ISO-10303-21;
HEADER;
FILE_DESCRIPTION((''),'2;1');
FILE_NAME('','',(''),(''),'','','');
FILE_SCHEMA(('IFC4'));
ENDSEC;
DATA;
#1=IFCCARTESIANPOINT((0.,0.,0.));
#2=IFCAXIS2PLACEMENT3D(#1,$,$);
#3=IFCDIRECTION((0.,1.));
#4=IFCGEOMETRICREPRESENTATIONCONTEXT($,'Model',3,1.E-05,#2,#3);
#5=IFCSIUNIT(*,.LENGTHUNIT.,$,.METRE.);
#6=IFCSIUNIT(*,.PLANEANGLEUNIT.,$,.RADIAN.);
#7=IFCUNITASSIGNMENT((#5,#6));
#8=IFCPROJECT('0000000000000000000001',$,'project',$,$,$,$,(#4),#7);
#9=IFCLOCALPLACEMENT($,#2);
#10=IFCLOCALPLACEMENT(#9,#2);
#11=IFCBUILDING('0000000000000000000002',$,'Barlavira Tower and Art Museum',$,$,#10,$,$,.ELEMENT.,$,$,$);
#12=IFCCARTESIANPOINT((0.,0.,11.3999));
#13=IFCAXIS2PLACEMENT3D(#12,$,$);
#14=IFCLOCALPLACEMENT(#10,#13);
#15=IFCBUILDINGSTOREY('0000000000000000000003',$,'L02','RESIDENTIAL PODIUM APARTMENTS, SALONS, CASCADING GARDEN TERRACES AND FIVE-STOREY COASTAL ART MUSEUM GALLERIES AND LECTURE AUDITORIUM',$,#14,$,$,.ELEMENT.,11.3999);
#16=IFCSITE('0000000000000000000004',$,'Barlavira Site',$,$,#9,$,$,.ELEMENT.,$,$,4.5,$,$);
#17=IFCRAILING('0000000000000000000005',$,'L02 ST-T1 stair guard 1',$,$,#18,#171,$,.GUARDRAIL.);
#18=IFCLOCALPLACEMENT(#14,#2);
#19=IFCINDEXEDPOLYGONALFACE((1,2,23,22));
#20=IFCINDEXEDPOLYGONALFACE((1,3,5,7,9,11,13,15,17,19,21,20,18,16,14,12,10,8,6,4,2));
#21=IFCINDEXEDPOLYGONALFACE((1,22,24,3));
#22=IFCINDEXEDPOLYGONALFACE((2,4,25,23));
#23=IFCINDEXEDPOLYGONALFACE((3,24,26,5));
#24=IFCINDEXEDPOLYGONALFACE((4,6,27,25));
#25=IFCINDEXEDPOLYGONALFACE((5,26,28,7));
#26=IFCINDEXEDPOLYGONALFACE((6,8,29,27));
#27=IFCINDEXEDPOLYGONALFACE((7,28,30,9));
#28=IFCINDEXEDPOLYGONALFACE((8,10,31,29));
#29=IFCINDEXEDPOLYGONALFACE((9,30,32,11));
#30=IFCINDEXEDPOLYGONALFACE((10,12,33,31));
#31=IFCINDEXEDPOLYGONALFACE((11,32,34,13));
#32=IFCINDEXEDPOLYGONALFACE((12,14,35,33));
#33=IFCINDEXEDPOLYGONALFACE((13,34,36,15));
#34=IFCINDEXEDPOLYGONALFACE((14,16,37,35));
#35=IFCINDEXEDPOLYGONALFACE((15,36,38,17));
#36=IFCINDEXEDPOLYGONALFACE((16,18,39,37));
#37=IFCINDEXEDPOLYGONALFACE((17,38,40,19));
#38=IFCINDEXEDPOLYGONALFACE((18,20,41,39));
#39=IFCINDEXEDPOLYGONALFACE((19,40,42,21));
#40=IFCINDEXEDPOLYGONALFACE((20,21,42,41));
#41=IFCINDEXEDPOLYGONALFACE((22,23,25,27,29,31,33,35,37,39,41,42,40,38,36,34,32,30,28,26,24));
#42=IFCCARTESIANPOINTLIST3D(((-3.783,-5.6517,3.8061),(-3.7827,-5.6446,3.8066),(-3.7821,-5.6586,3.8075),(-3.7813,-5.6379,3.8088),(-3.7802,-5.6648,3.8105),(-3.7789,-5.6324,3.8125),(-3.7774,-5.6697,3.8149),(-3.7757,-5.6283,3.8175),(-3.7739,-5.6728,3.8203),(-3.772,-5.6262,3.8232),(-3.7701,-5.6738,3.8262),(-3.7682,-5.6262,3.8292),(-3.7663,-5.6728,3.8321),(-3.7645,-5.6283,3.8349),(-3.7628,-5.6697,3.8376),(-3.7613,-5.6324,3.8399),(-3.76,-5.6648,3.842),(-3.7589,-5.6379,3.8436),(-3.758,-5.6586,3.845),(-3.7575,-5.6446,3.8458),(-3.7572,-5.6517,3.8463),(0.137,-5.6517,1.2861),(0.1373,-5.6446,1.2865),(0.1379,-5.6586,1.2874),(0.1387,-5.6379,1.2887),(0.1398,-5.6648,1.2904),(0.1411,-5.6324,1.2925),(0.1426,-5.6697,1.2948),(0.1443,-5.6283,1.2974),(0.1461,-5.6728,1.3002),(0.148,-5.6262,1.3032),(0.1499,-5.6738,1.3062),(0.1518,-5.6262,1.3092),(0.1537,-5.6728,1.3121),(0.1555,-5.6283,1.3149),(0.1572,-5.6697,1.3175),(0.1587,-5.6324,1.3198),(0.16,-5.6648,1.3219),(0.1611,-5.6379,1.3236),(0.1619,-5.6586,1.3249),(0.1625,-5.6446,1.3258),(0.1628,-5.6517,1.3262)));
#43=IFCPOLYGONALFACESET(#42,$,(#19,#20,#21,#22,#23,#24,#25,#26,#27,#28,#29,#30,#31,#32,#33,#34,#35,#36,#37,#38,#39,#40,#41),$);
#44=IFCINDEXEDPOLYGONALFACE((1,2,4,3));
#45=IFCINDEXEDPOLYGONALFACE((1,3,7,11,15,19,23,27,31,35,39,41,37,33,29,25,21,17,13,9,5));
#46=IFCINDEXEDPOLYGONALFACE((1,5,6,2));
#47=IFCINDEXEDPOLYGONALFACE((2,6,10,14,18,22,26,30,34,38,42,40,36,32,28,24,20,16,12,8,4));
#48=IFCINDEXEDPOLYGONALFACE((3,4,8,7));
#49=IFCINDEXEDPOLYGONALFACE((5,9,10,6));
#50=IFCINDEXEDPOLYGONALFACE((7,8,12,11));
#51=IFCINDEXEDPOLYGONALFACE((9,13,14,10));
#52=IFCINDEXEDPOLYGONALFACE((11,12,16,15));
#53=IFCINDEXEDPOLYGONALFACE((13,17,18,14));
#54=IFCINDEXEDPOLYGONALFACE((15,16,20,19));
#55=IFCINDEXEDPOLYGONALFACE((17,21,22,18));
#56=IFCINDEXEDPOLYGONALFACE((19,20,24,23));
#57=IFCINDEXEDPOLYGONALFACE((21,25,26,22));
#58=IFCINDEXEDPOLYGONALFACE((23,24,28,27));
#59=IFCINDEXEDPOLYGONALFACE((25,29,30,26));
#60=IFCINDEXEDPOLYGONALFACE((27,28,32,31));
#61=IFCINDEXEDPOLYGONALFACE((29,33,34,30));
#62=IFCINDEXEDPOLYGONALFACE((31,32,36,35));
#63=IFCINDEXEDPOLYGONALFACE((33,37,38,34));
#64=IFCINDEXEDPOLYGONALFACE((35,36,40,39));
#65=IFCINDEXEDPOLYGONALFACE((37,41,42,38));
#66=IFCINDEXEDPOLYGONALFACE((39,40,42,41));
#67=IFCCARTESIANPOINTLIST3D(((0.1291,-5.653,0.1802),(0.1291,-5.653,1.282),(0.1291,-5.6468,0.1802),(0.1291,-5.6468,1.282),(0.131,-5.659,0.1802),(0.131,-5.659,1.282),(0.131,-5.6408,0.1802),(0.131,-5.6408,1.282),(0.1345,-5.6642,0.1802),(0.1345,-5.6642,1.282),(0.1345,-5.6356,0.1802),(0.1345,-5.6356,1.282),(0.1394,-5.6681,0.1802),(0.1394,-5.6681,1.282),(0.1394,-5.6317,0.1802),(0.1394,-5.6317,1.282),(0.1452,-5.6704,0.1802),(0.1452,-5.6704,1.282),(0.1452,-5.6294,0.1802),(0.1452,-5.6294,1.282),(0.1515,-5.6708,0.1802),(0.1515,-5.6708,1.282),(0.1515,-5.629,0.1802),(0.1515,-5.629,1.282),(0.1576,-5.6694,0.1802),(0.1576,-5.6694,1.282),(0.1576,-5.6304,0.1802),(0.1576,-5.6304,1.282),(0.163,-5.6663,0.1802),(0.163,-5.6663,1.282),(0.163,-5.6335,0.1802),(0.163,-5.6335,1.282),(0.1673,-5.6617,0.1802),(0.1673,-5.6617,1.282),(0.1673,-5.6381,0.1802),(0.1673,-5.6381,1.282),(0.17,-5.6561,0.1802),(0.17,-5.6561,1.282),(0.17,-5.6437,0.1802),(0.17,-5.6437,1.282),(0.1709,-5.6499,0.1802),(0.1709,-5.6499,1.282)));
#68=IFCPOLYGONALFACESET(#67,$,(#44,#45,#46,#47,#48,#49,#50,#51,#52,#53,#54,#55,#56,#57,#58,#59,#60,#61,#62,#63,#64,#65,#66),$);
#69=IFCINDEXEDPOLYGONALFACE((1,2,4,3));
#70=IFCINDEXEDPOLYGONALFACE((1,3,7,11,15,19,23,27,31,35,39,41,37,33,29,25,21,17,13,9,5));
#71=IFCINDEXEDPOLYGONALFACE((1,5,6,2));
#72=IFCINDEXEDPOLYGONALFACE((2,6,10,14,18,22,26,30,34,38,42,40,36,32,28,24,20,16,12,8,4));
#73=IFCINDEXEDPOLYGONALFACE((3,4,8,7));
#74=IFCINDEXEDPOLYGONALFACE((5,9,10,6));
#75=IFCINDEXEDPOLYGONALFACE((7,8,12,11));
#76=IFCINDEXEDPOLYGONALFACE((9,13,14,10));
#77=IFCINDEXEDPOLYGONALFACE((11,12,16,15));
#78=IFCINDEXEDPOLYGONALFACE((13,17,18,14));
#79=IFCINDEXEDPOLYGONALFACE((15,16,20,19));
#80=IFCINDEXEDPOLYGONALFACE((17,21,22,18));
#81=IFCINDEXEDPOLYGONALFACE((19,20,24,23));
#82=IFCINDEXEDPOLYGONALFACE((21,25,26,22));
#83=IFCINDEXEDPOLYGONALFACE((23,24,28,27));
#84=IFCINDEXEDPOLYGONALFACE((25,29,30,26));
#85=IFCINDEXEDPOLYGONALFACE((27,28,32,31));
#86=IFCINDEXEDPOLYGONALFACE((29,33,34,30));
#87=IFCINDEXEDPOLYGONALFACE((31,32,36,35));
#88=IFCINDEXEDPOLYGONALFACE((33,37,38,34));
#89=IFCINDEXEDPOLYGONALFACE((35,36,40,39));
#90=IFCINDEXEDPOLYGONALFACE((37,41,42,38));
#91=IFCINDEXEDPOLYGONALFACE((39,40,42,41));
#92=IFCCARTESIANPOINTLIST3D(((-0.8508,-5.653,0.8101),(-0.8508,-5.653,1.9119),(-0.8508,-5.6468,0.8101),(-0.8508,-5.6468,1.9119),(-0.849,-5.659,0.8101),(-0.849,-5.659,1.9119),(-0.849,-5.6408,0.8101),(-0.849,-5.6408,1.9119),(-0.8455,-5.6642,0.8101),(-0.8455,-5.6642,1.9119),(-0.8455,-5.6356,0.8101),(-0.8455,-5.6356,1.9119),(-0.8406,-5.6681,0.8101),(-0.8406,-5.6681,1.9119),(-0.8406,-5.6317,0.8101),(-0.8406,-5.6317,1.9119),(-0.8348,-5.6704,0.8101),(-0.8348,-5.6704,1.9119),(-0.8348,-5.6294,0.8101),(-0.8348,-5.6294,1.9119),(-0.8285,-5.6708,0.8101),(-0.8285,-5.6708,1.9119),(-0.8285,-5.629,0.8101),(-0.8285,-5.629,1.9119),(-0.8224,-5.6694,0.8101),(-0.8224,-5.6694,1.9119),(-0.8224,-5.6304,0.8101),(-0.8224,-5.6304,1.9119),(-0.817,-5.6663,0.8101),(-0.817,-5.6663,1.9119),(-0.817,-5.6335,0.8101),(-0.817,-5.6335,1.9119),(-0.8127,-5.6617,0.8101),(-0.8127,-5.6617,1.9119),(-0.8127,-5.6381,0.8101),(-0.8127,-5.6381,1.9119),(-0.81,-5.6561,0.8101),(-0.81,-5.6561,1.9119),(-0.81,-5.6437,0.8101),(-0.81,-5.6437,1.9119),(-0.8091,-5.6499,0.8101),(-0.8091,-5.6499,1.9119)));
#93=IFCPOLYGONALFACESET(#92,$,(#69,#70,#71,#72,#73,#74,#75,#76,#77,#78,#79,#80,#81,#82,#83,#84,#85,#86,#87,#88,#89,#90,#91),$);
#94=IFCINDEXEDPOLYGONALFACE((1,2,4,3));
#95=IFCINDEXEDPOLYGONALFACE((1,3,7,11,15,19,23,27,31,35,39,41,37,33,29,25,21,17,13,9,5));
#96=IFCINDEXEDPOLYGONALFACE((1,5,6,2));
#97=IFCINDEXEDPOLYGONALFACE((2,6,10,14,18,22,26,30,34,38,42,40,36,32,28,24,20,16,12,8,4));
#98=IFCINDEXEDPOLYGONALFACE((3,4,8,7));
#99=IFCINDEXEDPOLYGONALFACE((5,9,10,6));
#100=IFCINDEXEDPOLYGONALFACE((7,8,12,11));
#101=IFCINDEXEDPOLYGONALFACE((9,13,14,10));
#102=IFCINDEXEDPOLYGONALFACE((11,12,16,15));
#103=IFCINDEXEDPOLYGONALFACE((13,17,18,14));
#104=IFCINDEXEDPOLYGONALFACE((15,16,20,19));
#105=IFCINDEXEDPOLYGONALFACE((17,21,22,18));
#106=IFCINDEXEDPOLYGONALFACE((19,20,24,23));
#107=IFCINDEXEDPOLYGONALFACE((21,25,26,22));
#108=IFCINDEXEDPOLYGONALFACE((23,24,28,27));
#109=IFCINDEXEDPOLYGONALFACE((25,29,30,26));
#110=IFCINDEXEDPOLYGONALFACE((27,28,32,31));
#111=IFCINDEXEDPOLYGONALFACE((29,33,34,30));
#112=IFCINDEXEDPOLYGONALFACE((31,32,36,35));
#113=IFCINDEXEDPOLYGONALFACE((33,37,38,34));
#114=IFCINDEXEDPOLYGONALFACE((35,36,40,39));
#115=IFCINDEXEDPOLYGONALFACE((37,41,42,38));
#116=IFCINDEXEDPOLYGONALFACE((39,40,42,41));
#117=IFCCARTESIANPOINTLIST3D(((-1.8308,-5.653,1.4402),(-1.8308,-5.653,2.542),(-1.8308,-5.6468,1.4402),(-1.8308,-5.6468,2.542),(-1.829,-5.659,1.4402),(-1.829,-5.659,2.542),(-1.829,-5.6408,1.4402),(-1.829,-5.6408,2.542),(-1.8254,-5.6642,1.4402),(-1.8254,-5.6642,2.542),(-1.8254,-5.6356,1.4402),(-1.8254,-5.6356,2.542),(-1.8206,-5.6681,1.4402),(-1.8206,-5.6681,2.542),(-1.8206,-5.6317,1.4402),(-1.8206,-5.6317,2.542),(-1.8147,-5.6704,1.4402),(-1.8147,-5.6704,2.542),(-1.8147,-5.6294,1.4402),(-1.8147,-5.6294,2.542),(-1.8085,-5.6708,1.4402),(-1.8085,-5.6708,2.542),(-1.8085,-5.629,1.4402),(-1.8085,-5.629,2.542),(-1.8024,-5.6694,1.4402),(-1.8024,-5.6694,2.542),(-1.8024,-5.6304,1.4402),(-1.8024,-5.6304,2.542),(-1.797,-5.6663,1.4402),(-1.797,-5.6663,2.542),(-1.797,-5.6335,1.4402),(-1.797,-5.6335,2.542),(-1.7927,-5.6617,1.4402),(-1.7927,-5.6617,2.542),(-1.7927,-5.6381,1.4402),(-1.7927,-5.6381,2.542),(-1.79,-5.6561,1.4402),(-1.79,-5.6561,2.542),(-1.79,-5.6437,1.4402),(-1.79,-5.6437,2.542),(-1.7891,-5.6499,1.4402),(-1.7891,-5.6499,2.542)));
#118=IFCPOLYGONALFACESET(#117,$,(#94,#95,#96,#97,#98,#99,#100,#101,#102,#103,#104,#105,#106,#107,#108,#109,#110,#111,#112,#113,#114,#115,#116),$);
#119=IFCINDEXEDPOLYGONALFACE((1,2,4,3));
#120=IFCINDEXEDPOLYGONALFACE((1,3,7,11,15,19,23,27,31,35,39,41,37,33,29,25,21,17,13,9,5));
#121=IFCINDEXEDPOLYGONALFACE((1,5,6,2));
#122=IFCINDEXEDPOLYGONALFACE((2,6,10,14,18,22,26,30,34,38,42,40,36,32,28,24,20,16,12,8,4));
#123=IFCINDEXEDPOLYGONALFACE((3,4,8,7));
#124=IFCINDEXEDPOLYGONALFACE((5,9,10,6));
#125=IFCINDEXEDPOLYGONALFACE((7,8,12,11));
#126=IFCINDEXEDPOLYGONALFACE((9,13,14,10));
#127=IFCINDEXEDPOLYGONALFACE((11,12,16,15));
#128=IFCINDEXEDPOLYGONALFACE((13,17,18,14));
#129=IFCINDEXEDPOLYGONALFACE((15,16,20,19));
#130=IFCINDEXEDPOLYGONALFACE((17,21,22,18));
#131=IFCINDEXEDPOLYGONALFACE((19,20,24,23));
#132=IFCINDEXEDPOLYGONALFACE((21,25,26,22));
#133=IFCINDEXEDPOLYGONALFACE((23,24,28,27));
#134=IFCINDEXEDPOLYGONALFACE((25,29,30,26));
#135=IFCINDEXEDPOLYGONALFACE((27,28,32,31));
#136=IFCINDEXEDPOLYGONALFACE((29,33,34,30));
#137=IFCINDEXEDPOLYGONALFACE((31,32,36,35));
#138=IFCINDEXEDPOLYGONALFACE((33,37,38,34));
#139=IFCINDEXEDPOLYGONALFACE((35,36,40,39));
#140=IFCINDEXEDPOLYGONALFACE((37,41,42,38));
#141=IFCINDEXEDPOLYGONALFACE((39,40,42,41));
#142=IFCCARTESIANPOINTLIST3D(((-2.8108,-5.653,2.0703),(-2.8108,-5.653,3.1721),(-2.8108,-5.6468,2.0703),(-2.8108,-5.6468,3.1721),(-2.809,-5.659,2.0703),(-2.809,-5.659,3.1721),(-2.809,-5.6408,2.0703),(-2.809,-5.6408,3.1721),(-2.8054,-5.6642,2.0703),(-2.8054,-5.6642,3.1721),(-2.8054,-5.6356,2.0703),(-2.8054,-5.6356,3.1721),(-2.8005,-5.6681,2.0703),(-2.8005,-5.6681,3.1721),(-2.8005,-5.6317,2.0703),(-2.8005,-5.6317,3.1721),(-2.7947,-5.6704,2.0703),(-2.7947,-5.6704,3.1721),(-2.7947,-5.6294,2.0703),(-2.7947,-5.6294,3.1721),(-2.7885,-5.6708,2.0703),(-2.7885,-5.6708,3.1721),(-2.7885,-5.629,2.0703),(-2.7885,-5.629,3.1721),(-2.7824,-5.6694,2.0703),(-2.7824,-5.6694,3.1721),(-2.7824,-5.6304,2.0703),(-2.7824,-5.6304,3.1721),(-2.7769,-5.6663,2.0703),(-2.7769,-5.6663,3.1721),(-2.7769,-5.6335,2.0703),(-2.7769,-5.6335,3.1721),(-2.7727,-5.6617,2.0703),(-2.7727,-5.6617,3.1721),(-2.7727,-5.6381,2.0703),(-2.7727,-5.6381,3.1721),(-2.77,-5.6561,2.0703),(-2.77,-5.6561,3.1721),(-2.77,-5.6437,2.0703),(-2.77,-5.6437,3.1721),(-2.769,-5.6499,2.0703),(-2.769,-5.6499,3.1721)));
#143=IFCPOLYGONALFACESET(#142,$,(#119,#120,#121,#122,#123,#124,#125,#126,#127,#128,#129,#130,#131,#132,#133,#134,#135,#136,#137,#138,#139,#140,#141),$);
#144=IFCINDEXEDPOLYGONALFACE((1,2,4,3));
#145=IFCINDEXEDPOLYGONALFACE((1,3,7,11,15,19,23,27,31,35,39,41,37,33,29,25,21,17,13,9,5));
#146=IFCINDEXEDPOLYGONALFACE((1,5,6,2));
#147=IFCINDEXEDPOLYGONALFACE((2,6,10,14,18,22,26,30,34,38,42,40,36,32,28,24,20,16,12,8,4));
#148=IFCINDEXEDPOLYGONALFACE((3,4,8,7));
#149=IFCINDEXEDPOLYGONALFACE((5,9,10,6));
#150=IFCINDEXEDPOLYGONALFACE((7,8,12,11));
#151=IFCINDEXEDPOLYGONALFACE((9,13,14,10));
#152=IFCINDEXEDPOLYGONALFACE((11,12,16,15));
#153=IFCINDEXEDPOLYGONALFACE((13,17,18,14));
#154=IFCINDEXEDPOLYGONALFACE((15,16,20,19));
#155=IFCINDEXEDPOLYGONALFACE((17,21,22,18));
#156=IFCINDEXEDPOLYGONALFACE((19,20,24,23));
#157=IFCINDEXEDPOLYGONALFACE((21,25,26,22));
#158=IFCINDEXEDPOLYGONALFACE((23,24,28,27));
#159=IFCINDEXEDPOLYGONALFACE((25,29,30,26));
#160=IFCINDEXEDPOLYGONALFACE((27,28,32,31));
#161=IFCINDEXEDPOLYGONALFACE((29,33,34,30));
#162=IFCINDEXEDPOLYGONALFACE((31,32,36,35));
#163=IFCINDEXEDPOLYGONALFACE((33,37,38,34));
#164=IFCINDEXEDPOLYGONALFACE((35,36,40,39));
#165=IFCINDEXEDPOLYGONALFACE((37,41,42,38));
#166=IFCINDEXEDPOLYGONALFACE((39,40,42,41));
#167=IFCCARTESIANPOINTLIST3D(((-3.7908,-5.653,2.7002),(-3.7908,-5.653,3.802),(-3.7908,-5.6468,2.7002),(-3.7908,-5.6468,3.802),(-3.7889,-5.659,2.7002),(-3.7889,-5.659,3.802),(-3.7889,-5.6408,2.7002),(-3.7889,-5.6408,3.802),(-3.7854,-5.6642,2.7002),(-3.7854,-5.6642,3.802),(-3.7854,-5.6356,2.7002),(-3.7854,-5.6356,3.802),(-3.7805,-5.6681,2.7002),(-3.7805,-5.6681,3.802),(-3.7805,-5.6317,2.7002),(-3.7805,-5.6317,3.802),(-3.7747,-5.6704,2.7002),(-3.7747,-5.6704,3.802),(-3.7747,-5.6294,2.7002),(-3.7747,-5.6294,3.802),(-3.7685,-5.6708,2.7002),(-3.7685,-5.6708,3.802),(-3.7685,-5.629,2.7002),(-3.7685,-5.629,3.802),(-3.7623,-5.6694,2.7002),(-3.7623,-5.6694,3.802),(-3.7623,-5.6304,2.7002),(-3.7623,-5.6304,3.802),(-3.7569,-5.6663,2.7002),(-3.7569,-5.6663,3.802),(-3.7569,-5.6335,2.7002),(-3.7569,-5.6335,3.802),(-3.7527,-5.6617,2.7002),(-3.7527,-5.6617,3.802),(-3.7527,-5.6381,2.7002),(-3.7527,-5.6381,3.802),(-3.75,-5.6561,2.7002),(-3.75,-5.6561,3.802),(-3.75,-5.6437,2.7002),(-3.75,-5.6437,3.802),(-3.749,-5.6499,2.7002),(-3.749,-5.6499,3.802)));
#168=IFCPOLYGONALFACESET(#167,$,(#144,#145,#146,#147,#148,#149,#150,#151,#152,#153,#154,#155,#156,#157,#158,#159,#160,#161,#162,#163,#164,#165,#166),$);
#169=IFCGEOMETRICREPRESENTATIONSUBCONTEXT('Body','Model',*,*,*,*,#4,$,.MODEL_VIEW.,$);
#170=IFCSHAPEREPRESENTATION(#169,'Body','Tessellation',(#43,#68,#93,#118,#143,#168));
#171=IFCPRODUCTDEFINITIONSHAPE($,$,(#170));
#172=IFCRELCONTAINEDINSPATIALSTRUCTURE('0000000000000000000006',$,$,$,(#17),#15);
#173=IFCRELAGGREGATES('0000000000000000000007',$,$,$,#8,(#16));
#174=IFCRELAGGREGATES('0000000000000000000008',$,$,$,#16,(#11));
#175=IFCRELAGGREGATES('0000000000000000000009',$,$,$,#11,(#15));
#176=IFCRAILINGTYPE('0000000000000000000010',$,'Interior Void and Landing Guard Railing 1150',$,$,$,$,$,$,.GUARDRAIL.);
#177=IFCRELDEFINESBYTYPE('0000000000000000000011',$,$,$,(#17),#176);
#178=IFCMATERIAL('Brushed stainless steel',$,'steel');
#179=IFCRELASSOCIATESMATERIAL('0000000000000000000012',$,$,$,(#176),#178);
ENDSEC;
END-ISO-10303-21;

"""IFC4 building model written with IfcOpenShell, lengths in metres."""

from ifc_helpers import new_model, si_unit, direction, frame, origin, origin_2d, place, context, subcontext, project, spatial, circle, extrude, material, type_object, element, save


model = new_model("IFC4")

# Units and contexts
model_context = context("Model", 3, precision=1e-05, world=origin(), true_north=direction((0.0, 1.0)))
body_context = subcontext(model_context, "Body", "Model", "MODEL_VIEW")
ifc_project = project(units=[si_unit("LENGTHUNIT", "METRE"), si_unit("PLANEANGLEUNIT", "RADIAN")], contexts=[model_context])

# Site, building, storey
site_placement = place(None, origin())
site = spatial("IfcSite", under=ifc_project, at=site_placement, Name="Barlavira Site", CompositionType="ELEMENT", RefElevation=4.5)
building_placement = place(site_placement, origin())
building = spatial("IfcBuilding", under=site, at=building_placement, Name="Barlavira Tower and Art Museum", CompositionType="ELEMENT")
storey_placement = place(building_placement, frame((0.0, 0.0, 11.3999)))
storey = spatial("IfcBuildingStorey", under=building, at=storey_placement, Name="L02", Description="RESIDENTIAL PODIUM APARTMENTS, SALONS, CASCADING GARDEN TERRACES AND FIVE-STOREY COASTAL ART MUSEUM GALLERIES AND LECTURE AUDITORIUM", CompositionType="ELEMENT", Elevation=11.3999)

# Railing
ifc_material_1 = material(Name="Brushed stainless steel", Category="steel")
railing_type_1 = type_object("IfcRailingType", Name="Interior Void and Landing Guard Railing 1150", PredefinedType="GUARDRAIL", material=ifc_material_1)
railing_1_placement = place(storey_placement, frame((0.1499, -5.6499, 0.1802)))
element("IfcRailing", 1, at=railing_1_placement, inside=storey, type_object=railing_type_1, Name="L02 ST-T1 stair guard 1", PredefinedType="GUARDRAIL", context=body_context, shape_type="SweptSolid", body=[
    extrude(circle(Radius=0.0239, at=origin_2d()), frame((0.0, 0.0, 1.126), z_axis=(-0.841172, 0.0, 0.540768), x_axis=(0.0, -1.0, 0.0)), (0.0, 0.0, 1.0), 4.6602),
    extrude(circle(Radius=0.021, at=origin_2d()), origin(), (0.0, 0.0, 1.0), 1.1018),
    extrude(circle(Radius=0.021, at=origin_2d()), frame((-0.98, 0.0, 0.6299)), (0.0, 0.0, 1.0), 1.1018),
    extrude(circle(Radius=0.021, at=origin_2d()), frame((-1.96, 0.0, 1.26)), (0.0, 0.0, 1.0), 1.1018),
    extrude(circle(Radius=0.021, at=origin_2d()), frame((-2.9399, 0.0, 1.8901)), (0.0, 0.0, 1.0), 1.1018),
    extrude(circle(Radius=0.021, at=origin_2d()), frame((-3.9199, 0.0, 2.52)), (0.0, 0.0, 1.0), 1.1018),
])

save(model, "model.ifc")
